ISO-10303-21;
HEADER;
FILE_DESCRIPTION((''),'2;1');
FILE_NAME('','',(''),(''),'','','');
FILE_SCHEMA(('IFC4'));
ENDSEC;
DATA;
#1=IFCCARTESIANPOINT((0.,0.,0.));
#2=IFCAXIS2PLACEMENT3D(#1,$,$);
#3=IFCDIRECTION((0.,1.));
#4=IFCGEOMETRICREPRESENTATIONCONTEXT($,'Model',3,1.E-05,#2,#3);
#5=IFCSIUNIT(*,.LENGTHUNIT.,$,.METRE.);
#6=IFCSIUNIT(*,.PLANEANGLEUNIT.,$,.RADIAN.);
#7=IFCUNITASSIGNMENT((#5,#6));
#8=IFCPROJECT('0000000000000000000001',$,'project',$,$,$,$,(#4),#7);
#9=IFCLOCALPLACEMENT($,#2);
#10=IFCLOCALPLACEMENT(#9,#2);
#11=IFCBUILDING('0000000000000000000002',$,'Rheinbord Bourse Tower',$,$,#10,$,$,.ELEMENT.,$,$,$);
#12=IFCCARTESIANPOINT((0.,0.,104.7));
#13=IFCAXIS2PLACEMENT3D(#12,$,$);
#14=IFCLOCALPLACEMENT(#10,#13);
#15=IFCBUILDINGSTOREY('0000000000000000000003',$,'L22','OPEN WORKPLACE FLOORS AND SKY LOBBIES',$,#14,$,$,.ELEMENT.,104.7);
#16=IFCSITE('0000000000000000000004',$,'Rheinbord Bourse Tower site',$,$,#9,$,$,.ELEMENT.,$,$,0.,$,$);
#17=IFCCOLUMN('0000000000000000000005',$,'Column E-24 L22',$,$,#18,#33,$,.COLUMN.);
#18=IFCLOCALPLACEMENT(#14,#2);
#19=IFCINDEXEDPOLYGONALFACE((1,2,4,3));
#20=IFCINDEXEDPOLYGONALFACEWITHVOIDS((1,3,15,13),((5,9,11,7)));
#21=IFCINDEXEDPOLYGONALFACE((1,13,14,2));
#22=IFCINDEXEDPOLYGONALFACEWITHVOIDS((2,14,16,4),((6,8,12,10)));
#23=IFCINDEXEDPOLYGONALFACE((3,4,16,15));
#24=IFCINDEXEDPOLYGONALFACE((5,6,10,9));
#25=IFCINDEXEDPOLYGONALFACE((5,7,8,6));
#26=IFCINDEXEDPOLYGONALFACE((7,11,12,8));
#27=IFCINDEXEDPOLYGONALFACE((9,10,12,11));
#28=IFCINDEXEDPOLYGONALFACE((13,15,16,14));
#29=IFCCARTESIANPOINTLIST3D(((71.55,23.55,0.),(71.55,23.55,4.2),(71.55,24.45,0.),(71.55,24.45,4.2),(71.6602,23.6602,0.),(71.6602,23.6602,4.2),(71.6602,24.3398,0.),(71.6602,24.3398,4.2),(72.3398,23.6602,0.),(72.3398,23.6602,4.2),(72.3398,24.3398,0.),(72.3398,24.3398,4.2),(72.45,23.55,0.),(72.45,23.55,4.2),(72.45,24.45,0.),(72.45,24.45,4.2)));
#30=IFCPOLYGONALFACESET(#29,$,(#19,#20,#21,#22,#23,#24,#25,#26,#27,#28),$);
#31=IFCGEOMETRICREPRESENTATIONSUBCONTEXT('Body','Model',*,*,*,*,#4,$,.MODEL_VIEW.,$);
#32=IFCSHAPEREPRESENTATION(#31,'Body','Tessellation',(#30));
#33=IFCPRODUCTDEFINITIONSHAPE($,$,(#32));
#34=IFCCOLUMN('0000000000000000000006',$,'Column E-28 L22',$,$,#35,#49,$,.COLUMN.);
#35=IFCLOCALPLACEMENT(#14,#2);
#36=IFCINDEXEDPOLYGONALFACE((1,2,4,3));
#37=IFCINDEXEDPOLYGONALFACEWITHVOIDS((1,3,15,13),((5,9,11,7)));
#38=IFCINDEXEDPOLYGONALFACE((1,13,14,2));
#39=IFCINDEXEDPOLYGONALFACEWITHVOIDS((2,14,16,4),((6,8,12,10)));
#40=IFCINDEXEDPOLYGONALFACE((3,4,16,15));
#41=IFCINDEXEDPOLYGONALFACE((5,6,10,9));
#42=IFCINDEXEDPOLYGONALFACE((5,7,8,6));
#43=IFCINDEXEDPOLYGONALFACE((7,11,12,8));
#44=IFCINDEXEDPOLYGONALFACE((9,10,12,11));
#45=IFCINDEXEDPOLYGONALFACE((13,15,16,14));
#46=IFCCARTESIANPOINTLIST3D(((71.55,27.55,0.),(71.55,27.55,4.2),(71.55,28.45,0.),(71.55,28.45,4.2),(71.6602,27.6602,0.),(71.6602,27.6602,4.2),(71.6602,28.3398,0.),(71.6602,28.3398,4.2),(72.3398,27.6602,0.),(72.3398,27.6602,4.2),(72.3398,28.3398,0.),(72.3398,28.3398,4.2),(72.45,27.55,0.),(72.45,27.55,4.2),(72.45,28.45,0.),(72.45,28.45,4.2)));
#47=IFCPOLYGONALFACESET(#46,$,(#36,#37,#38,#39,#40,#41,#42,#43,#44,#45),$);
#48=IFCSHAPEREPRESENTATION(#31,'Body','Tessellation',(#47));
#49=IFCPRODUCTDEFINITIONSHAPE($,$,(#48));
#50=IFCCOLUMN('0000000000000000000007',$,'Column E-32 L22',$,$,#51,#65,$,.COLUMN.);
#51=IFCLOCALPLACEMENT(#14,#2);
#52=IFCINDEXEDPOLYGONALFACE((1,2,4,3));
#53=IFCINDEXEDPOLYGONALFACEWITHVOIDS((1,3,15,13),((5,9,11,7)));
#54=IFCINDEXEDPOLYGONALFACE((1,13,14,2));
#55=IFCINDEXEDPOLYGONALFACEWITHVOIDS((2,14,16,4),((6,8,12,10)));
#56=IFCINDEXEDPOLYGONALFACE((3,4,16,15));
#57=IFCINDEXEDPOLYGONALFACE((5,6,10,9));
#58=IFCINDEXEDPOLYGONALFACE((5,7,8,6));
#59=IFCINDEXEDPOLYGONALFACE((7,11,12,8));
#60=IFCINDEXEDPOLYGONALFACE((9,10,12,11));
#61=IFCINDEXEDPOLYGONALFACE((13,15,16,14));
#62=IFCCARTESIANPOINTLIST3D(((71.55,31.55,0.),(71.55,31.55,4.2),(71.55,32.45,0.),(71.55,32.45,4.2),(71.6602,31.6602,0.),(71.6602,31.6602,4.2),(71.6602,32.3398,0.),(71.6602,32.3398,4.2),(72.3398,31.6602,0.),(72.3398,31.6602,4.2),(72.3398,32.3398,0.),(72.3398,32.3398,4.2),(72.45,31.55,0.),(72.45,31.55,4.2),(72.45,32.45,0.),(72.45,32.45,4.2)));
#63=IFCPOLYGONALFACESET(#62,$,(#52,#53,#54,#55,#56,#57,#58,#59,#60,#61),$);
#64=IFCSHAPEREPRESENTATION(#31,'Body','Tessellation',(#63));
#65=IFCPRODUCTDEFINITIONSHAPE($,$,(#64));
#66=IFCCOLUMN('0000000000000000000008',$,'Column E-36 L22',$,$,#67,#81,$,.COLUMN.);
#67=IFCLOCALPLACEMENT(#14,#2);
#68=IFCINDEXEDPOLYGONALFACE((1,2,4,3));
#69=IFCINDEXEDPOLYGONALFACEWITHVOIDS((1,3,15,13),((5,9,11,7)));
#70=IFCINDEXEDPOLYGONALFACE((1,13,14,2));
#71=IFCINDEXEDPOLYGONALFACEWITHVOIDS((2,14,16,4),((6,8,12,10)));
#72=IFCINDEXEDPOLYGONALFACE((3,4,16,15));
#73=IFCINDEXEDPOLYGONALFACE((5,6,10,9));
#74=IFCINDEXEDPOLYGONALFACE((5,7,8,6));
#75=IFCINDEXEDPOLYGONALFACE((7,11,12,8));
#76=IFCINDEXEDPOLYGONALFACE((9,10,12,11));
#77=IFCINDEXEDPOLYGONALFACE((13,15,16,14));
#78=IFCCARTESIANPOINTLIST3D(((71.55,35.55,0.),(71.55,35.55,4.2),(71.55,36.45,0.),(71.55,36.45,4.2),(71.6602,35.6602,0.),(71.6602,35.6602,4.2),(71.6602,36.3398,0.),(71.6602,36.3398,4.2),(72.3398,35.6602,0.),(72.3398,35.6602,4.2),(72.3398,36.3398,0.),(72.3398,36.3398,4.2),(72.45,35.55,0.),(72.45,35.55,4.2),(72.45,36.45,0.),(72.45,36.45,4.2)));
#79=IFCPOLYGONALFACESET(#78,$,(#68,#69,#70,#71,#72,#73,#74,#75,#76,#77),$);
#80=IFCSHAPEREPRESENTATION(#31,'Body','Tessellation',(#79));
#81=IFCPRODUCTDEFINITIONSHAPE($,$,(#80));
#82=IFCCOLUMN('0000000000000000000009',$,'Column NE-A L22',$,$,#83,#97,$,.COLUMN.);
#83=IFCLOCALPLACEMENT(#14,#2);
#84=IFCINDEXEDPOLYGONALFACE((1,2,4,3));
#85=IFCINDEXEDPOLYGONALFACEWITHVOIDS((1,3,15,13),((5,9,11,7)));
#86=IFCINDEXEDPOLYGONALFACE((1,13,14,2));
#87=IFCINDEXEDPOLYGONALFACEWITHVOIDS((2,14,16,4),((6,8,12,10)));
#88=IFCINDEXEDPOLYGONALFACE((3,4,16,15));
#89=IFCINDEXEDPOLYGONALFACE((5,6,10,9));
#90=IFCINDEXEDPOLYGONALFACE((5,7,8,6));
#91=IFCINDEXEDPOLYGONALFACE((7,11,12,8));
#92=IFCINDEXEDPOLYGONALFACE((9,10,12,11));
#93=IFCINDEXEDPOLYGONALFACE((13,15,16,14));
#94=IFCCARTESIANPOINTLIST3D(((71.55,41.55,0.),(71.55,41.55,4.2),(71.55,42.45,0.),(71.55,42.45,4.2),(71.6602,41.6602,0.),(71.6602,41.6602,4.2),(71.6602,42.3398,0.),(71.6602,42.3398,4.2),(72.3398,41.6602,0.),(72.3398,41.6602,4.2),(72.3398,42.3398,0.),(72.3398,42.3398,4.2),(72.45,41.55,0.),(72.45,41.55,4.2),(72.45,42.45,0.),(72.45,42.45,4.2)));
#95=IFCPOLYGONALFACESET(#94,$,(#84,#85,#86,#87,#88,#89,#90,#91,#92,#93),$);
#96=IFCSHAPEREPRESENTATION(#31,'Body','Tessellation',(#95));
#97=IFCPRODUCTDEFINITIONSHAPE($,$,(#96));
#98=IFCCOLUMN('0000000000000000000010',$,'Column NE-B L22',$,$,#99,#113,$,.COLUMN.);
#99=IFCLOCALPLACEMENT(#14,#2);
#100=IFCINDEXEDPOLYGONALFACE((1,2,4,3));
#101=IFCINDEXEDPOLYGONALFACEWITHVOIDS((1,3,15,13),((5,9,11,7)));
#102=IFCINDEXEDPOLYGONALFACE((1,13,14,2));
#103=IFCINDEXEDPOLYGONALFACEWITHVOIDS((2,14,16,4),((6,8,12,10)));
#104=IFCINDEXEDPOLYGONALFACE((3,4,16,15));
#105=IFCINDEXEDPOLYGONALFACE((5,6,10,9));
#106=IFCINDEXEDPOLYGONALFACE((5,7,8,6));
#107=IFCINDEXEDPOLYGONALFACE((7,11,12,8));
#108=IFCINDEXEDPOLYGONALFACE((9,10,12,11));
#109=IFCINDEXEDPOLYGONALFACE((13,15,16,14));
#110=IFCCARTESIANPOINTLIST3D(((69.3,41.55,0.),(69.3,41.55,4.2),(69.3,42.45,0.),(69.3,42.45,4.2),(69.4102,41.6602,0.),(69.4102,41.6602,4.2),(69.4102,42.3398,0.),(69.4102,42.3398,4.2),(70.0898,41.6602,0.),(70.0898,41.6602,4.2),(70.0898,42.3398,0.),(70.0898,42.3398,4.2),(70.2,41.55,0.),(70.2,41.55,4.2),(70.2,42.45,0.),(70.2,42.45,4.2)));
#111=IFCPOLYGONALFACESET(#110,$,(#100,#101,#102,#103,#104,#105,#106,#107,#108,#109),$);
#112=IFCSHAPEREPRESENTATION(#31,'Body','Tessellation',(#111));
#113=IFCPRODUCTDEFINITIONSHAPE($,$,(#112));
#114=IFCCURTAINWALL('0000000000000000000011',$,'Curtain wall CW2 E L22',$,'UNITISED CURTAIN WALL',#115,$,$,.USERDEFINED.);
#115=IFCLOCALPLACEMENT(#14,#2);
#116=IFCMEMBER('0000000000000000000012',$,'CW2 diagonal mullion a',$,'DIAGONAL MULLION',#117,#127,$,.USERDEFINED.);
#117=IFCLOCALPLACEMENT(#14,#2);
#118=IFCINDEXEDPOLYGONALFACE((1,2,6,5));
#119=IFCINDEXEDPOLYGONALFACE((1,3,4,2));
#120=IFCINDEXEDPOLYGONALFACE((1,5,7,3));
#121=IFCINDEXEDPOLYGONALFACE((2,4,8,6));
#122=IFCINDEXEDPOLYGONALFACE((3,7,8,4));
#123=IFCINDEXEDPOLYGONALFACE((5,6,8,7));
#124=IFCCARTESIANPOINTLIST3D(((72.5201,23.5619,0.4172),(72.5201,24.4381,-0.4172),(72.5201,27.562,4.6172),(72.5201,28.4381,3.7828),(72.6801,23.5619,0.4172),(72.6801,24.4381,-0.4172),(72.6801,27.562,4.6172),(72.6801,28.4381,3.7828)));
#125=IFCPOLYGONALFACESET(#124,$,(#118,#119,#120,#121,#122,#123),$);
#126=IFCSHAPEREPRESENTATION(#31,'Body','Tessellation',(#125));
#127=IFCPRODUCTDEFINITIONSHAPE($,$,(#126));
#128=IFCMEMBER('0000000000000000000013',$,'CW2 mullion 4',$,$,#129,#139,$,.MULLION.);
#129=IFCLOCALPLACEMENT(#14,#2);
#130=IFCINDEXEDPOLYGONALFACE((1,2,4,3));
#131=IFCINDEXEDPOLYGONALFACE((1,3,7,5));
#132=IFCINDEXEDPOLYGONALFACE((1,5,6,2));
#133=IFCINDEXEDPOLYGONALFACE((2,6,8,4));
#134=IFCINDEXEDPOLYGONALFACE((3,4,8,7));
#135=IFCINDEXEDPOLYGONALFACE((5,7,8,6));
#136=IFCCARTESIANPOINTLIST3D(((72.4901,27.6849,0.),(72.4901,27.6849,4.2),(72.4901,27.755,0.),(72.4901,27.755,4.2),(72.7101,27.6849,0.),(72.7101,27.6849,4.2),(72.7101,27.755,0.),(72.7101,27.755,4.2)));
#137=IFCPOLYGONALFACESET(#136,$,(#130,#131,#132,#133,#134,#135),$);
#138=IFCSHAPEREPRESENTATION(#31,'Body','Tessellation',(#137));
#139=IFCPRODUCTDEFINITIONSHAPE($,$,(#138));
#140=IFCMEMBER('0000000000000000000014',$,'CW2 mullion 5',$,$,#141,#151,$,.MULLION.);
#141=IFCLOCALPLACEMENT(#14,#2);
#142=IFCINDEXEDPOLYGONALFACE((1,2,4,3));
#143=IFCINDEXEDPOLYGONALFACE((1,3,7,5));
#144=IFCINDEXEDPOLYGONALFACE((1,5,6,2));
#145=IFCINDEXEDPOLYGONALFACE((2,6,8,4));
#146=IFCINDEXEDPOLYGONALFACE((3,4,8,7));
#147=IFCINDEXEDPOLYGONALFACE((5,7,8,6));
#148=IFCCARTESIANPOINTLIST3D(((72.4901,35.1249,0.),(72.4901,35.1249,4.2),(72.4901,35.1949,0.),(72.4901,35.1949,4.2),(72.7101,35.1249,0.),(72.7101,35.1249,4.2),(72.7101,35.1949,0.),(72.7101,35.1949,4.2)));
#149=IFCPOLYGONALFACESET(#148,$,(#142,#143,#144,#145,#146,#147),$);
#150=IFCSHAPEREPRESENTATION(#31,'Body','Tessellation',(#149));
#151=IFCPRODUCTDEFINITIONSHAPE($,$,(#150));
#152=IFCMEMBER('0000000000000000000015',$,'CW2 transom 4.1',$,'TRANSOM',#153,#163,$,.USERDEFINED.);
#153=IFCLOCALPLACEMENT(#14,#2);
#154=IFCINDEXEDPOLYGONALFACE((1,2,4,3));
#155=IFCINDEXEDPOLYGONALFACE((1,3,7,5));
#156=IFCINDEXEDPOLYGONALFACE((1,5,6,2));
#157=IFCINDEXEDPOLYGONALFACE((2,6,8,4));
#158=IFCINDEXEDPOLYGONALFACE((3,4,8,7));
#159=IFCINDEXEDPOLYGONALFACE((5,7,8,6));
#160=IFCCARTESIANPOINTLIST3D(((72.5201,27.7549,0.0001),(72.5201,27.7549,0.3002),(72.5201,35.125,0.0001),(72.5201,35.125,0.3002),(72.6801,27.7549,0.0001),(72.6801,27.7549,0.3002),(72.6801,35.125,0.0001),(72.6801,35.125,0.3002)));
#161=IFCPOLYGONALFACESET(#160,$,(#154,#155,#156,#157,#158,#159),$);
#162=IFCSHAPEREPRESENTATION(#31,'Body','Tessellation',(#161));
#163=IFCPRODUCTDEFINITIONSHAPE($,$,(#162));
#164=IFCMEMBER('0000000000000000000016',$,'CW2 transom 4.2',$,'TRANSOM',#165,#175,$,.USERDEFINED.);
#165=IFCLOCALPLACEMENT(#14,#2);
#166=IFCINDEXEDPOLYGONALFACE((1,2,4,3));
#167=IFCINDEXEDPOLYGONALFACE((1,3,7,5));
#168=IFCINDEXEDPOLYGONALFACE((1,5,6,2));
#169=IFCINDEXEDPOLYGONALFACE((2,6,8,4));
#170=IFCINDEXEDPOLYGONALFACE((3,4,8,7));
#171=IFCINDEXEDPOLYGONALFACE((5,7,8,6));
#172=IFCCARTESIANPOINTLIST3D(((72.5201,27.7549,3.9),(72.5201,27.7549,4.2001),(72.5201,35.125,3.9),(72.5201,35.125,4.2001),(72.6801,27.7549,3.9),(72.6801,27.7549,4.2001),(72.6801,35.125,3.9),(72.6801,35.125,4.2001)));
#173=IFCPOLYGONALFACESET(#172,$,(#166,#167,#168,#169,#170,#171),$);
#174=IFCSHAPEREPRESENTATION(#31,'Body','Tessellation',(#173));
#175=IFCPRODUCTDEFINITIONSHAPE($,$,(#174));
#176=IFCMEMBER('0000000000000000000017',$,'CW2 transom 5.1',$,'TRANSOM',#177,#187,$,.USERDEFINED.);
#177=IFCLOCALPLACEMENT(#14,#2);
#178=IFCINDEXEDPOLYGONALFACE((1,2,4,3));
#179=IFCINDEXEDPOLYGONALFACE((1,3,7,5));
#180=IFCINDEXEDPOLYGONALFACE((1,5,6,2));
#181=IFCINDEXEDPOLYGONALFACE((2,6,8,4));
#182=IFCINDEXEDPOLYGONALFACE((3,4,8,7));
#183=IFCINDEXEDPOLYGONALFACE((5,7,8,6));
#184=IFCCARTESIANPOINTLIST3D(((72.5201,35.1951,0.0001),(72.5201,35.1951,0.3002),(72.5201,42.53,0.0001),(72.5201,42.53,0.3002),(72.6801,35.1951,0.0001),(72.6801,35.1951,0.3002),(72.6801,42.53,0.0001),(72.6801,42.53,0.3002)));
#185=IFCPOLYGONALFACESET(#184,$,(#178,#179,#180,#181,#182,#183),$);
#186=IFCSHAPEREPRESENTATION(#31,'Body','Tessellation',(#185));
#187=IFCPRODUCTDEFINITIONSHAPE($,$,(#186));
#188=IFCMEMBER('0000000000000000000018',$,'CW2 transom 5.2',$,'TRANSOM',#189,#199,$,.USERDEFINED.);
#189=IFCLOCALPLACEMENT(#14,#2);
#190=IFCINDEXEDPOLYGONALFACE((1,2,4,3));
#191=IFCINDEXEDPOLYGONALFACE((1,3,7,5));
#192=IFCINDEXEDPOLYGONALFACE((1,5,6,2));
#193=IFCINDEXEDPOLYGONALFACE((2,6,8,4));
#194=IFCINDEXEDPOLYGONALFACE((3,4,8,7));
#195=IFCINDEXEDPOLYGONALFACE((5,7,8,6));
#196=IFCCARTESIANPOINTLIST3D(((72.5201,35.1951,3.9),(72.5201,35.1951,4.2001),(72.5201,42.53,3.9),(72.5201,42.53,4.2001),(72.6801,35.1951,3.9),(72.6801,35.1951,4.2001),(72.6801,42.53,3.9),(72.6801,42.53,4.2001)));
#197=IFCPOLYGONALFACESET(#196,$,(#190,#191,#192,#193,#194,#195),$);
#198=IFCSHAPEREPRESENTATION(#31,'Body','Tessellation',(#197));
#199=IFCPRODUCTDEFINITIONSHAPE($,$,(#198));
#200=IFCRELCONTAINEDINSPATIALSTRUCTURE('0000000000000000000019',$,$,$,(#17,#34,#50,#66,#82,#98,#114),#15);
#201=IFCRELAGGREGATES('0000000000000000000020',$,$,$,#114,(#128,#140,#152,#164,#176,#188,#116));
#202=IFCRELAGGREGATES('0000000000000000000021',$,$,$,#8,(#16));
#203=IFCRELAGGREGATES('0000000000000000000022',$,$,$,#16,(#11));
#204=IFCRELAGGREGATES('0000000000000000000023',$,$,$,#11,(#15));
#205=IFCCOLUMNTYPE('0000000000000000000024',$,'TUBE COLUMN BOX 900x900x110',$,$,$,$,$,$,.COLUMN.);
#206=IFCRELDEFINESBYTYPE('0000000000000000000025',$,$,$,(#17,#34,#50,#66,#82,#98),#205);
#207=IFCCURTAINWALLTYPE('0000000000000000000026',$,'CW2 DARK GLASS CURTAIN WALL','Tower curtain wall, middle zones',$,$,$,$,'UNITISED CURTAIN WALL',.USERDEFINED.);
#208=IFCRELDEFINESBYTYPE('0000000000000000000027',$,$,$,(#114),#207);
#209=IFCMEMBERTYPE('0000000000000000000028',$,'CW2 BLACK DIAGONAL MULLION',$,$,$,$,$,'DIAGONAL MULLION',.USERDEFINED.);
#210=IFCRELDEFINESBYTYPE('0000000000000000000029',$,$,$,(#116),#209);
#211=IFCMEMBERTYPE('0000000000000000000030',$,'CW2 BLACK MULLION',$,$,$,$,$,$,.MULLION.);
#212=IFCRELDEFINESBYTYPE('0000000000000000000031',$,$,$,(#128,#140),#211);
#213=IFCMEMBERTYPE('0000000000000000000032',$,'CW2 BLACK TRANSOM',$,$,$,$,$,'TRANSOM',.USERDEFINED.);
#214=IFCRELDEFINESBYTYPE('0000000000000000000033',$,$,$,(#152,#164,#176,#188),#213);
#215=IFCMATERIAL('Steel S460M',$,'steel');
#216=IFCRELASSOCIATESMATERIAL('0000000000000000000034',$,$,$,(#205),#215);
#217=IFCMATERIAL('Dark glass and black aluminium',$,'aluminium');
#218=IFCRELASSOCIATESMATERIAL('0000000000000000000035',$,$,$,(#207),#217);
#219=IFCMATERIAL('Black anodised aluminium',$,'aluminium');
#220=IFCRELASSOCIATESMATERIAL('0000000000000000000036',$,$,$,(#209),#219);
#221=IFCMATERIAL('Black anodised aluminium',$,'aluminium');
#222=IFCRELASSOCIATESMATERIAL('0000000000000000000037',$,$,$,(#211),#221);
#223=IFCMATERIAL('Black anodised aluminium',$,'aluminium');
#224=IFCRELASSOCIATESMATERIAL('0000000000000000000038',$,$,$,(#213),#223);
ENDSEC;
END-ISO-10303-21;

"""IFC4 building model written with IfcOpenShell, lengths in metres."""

from ifc_helpers import new_model, si_unit, direction, frame, origin, origin_2d, place, context, subcontext, project, spatial, rectangle, hollow_rectangle, extrude, material, material_profile, profile_set, type_object, element, aggregate, save


model = new_model("IFC4")

# Units and contexts
model_context = context("Model", 3, precision=1e-05, world=origin(), true_north=direction((0.0, 1.0)))
body_context = subcontext(model_context, "Body", "Model", "MODEL_VIEW")
ifc_project = project(units=[si_unit("LENGTHUNIT", "METRE"), si_unit("PLANEANGLEUNIT", "RADIAN")], contexts=[model_context])

# Site, building, storey
site_placement = place(None, origin())
site = spatial("IfcSite", under=ifc_project, at=site_placement, Name="Rheinbord Bourse Tower site", CompositionType="ELEMENT", RefElevation=0.0)
building_placement = place(site_placement, origin())
building = spatial("IfcBuilding", under=site, at=building_placement, Name="Rheinbord Bourse Tower", CompositionType="ELEMENT")
storey_placement = place(building_placement, frame((0.0, 0.0, 104.7)))
storey = spatial("IfcBuildingStorey", under=building, at=storey_placement, Name="L22", Description="OPEN WORKPLACE FLOORS AND SKY LOBBIES", CompositionType="ELEMENT", Elevation=104.7)

# Columns
ifc_material_1 = material(Name="Steel S460M", Category="steel")
ifc_material_profile_1 = material_profile(ifc_material_1, hollow_rectangle(XDim=0.8999, YDim=0.8999, WallThickness=0.1101, at=origin_2d()), Name="BOX 900x900x110")
ifc_profile_set_1 = profile_set([ifc_material_profile_1], Name="Steel S460M")
column_type = type_object("IfcColumnType", Name="TUBE COLUMN BOX 900x900x110", PredefinedType="COLUMN", material=ifc_profile_set_1)
for number, where, z_axis, x_axis, name in (
    (1, (72.0, 24.0, 0.0), (0.0, 0.0, 1.0), (1.0, 0.0, 0.0), "Column E-24 L22"),
    (2, (72.0, 28.0, 0.0), (0.0, 0.0, 1.0), (1.0, 0.0, 0.0), "Column E-28 L22"),
    (3, (72.0, 32.0, 0.0), (0.0, 0.0, 1.0), (1.0, 0.0, 0.0), "Column E-32 L22"),
    (4, (72.0, 36.0, 0.0), (0.0, 0.0, 1.0), (1.0, 0.0, 0.0), "Column E-36 L22"),
    (5, (72.0, 42.0, 0.0), (0.0, 0.0, 1.0), (1.0, 0.0, 0.0), "Column NE-A L22"),
    (6, (69.75, 42.0, 0.0), (0.0, 0.0, 1.0), (1.0, 0.0, 0.0), "Column NE-B L22"),
):
    element("IfcColumn", number, at=place(storey_placement, frame(where, z_axis=z_axis, x_axis=x_axis)), inside=storey, type_object=column_type, Name=name, PredefinedType="COLUMN", context=body_context, shape_type="SweptSolid", body=[
        extrude(hollow_rectangle(XDim=0.8999, YDim=0.8999, WallThickness=0.1101, at=origin_2d()), origin(), (0.0, 0.0, 1.0), 4.2),
    ])

# Curtain wall, members
ifc_material_2 = material(Name="Dark glass and black aluminium", Category="aluminium")
curtain_wall_type = type_object("IfcCurtainWallType", Name="CW2 DARK GLASS CURTAIN WALL", Description="Tower curtain wall, middle zones", ElementType="UNITISED CURTAIN WALL", PredefinedType="USERDEFINED", material=ifc_material_2)
curtain_wall_placement = place(storey_placement, origin())
curtain_wall = element("IfcCurtainWall", 7, at=curtain_wall_placement, inside=storey, type_object=curtain_wall_type, Name="Curtain wall CW2 E L22", ObjectType="UNITISED CURTAIN WALL", PredefinedType="USERDEFINED")
ifc_material_3 = material(Name="Black anodised aluminium", Category="aluminium")
ifc_material_profile_2 = material_profile(ifc_material_3, rectangle(XDim=0.1599, YDim=1.21, at=origin_2d()), Name="CW2 DIAGONAL MULLION 1210x160")
ifc_profile_set_2 = profile_set([ifc_material_profile_2], Name="Black anodised aluminium")
member_type_1 = type_object("IfcMemberType", Name="CW2 BLACK DIAGONAL MULLION", ElementType="DIAGONAL MULLION", PredefinedType="USERDEFINED", material=ifc_profile_set_2)
member_1_placement = place(storey_placement, frame((72.6001, 24.0, 0.0), z_axis=(0.0, 0.689659, 0.724134), x_axis=(-1.0, 0.0, 0.0)))
member_1 = element("IfcMember", 8, at=member_1_placement, type_object=member_type_1, Name="CW2 diagonal mullion a", ObjectType="DIAGONAL MULLION", PredefinedType="USERDEFINED", context=body_context, shape_type="SweptSolid", body=[
    extrude(rectangle(XDim=0.1599, YDim=1.21, at=origin_2d()), origin(), (0.0, 0.0, 1.0), 5.8),
])
ifc_material_4 = material(Name="Black anodised aluminium", Category="aluminium")
ifc_material_profile_3 = material_profile(ifc_material_4, rectangle(XDim=0.22, YDim=0.0701, at=origin_2d()), Name="CW2 MULLION 70x220")
ifc_profile_set_3 = profile_set([ifc_material_profile_3], Name="Black anodised aluminium")
member_type_2 = type_object("IfcMemberType", Name="CW2 BLACK MULLION", PredefinedType="MULLION", material=ifc_profile_set_3)
member_2_placement = place(storey_placement, frame((72.6001, 27.72, 0.0), z_axis=(0.0, 0.0, 1.0), x_axis=(-1.0, 0.0, 0.0)))
member_2 = element("IfcMember", 9, at=member_2_placement, type_object=member_type_2, Name="CW2 mullion 4", PredefinedType="MULLION", context=body_context, shape_type="SweptSolid", body=[
    extrude(rectangle(XDim=0.22, YDim=0.0701, at=origin_2d()), origin(), (0.0, 0.0, 1.0), 4.2),
])
member_3_placement = place(storey_placement, frame((72.6001, 35.1599, 0.0), z_axis=(0.0, 0.0, 1.0), x_axis=(-1.0, 0.0, 0.0)))
member_3 = element("IfcMember", 10, at=member_3_placement, type_object=member_type_2, Name="CW2 mullion 5", PredefinedType="MULLION", context=body_context, shape_type="SweptSolid", body=[
    extrude(rectangle(XDim=0.22, YDim=0.0701, at=origin_2d()), origin(), (0.0, 0.0, 1.0), 4.2),
])
ifc_material_5 = material(Name="Black anodised aluminium", Category="aluminium")
ifc_material_profile_4 = material_profile(ifc_material_5, rectangle(XDim=0.1599, YDim=0.3, at=origin_2d()), Name="CW2 TRANSOM 300x160")
ifc_profile_set_4 = profile_set([ifc_material_profile_4], Name="Black anodised aluminium")
member_type_3 = type_object("IfcMemberType", Name="CW2 BLACK TRANSOM", ElementType="TRANSOM", PredefinedType="USERDEFINED", material=ifc_profile_set_4)
member_4_placement = place(storey_placement, frame((72.6001, 27.7549, 0.1501), z_axis=(0.0, 1.0, 0.0), x_axis=(-1.0, 0.0, 0.0)))
member_4 = element("IfcMember", 11, at=member_4_placement, type_object=member_type_3, Name="CW2 transom 4.1", ObjectType="TRANSOM", PredefinedType="USERDEFINED", context=body_context, shape_type="SweptSolid", body=[
    extrude(rectangle(XDim=0.1599, YDim=0.3, at=origin_2d()), origin(), (0.0, 0.0, 1.0), 7.3701),
])
member_5_placement = place(storey_placement, frame((72.6001, 27.7549, 4.05), z_axis=(0.0, 1.0, 0.0), x_axis=(-1.0, 0.0, 0.0)))
member_5 = element("IfcMember", 12, at=member_5_placement, type_object=member_type_3, Name="CW2 transom 4.2", ObjectType="TRANSOM", PredefinedType="USERDEFINED", context=body_context, shape_type="SweptSolid", body=[
    extrude(rectangle(XDim=0.1599, YDim=0.3, at=origin_2d()), origin(), (0.0, 0.0, 1.0), 7.3701),
])
member_6_placement = place(storey_placement, frame((72.6001, 35.1951, 0.1501), z_axis=(0.0, 1.0, 0.0), x_axis=(-1.0, 0.0, 0.0)))
member_6 = element("IfcMember", 13, at=member_6_placement, type_object=member_type_3, Name="CW2 transom 5.1", ObjectType="TRANSOM", PredefinedType="USERDEFINED", context=body_context, shape_type="SweptSolid", body=[
    extrude(rectangle(XDim=0.1599, YDim=0.3, at=origin_2d()), origin(), (0.0, 0.0, 1.0), 7.335),
])
member_7_placement = place(storey_placement, frame((72.6001, 35.1951, 4.05), z_axis=(0.0, 1.0, 0.0), x_axis=(-1.0, 0.0, 0.0)))
member_7 = element("IfcMember", 14, at=member_7_placement, type_object=member_type_3, Name="CW2 transom 5.2", ObjectType="TRANSOM", PredefinedType="USERDEFINED", context=body_context, shape_type="SweptSolid", body=[
    extrude(rectangle(XDim=0.1599, YDim=0.3, at=origin_2d()), origin(), (0.0, 0.0, 1.0), 7.335),
])

aggregate(curtain_wall, [member_2, member_3, member_4, member_5, member_6, member_7, member_1])

save(model, "model.ifc")
